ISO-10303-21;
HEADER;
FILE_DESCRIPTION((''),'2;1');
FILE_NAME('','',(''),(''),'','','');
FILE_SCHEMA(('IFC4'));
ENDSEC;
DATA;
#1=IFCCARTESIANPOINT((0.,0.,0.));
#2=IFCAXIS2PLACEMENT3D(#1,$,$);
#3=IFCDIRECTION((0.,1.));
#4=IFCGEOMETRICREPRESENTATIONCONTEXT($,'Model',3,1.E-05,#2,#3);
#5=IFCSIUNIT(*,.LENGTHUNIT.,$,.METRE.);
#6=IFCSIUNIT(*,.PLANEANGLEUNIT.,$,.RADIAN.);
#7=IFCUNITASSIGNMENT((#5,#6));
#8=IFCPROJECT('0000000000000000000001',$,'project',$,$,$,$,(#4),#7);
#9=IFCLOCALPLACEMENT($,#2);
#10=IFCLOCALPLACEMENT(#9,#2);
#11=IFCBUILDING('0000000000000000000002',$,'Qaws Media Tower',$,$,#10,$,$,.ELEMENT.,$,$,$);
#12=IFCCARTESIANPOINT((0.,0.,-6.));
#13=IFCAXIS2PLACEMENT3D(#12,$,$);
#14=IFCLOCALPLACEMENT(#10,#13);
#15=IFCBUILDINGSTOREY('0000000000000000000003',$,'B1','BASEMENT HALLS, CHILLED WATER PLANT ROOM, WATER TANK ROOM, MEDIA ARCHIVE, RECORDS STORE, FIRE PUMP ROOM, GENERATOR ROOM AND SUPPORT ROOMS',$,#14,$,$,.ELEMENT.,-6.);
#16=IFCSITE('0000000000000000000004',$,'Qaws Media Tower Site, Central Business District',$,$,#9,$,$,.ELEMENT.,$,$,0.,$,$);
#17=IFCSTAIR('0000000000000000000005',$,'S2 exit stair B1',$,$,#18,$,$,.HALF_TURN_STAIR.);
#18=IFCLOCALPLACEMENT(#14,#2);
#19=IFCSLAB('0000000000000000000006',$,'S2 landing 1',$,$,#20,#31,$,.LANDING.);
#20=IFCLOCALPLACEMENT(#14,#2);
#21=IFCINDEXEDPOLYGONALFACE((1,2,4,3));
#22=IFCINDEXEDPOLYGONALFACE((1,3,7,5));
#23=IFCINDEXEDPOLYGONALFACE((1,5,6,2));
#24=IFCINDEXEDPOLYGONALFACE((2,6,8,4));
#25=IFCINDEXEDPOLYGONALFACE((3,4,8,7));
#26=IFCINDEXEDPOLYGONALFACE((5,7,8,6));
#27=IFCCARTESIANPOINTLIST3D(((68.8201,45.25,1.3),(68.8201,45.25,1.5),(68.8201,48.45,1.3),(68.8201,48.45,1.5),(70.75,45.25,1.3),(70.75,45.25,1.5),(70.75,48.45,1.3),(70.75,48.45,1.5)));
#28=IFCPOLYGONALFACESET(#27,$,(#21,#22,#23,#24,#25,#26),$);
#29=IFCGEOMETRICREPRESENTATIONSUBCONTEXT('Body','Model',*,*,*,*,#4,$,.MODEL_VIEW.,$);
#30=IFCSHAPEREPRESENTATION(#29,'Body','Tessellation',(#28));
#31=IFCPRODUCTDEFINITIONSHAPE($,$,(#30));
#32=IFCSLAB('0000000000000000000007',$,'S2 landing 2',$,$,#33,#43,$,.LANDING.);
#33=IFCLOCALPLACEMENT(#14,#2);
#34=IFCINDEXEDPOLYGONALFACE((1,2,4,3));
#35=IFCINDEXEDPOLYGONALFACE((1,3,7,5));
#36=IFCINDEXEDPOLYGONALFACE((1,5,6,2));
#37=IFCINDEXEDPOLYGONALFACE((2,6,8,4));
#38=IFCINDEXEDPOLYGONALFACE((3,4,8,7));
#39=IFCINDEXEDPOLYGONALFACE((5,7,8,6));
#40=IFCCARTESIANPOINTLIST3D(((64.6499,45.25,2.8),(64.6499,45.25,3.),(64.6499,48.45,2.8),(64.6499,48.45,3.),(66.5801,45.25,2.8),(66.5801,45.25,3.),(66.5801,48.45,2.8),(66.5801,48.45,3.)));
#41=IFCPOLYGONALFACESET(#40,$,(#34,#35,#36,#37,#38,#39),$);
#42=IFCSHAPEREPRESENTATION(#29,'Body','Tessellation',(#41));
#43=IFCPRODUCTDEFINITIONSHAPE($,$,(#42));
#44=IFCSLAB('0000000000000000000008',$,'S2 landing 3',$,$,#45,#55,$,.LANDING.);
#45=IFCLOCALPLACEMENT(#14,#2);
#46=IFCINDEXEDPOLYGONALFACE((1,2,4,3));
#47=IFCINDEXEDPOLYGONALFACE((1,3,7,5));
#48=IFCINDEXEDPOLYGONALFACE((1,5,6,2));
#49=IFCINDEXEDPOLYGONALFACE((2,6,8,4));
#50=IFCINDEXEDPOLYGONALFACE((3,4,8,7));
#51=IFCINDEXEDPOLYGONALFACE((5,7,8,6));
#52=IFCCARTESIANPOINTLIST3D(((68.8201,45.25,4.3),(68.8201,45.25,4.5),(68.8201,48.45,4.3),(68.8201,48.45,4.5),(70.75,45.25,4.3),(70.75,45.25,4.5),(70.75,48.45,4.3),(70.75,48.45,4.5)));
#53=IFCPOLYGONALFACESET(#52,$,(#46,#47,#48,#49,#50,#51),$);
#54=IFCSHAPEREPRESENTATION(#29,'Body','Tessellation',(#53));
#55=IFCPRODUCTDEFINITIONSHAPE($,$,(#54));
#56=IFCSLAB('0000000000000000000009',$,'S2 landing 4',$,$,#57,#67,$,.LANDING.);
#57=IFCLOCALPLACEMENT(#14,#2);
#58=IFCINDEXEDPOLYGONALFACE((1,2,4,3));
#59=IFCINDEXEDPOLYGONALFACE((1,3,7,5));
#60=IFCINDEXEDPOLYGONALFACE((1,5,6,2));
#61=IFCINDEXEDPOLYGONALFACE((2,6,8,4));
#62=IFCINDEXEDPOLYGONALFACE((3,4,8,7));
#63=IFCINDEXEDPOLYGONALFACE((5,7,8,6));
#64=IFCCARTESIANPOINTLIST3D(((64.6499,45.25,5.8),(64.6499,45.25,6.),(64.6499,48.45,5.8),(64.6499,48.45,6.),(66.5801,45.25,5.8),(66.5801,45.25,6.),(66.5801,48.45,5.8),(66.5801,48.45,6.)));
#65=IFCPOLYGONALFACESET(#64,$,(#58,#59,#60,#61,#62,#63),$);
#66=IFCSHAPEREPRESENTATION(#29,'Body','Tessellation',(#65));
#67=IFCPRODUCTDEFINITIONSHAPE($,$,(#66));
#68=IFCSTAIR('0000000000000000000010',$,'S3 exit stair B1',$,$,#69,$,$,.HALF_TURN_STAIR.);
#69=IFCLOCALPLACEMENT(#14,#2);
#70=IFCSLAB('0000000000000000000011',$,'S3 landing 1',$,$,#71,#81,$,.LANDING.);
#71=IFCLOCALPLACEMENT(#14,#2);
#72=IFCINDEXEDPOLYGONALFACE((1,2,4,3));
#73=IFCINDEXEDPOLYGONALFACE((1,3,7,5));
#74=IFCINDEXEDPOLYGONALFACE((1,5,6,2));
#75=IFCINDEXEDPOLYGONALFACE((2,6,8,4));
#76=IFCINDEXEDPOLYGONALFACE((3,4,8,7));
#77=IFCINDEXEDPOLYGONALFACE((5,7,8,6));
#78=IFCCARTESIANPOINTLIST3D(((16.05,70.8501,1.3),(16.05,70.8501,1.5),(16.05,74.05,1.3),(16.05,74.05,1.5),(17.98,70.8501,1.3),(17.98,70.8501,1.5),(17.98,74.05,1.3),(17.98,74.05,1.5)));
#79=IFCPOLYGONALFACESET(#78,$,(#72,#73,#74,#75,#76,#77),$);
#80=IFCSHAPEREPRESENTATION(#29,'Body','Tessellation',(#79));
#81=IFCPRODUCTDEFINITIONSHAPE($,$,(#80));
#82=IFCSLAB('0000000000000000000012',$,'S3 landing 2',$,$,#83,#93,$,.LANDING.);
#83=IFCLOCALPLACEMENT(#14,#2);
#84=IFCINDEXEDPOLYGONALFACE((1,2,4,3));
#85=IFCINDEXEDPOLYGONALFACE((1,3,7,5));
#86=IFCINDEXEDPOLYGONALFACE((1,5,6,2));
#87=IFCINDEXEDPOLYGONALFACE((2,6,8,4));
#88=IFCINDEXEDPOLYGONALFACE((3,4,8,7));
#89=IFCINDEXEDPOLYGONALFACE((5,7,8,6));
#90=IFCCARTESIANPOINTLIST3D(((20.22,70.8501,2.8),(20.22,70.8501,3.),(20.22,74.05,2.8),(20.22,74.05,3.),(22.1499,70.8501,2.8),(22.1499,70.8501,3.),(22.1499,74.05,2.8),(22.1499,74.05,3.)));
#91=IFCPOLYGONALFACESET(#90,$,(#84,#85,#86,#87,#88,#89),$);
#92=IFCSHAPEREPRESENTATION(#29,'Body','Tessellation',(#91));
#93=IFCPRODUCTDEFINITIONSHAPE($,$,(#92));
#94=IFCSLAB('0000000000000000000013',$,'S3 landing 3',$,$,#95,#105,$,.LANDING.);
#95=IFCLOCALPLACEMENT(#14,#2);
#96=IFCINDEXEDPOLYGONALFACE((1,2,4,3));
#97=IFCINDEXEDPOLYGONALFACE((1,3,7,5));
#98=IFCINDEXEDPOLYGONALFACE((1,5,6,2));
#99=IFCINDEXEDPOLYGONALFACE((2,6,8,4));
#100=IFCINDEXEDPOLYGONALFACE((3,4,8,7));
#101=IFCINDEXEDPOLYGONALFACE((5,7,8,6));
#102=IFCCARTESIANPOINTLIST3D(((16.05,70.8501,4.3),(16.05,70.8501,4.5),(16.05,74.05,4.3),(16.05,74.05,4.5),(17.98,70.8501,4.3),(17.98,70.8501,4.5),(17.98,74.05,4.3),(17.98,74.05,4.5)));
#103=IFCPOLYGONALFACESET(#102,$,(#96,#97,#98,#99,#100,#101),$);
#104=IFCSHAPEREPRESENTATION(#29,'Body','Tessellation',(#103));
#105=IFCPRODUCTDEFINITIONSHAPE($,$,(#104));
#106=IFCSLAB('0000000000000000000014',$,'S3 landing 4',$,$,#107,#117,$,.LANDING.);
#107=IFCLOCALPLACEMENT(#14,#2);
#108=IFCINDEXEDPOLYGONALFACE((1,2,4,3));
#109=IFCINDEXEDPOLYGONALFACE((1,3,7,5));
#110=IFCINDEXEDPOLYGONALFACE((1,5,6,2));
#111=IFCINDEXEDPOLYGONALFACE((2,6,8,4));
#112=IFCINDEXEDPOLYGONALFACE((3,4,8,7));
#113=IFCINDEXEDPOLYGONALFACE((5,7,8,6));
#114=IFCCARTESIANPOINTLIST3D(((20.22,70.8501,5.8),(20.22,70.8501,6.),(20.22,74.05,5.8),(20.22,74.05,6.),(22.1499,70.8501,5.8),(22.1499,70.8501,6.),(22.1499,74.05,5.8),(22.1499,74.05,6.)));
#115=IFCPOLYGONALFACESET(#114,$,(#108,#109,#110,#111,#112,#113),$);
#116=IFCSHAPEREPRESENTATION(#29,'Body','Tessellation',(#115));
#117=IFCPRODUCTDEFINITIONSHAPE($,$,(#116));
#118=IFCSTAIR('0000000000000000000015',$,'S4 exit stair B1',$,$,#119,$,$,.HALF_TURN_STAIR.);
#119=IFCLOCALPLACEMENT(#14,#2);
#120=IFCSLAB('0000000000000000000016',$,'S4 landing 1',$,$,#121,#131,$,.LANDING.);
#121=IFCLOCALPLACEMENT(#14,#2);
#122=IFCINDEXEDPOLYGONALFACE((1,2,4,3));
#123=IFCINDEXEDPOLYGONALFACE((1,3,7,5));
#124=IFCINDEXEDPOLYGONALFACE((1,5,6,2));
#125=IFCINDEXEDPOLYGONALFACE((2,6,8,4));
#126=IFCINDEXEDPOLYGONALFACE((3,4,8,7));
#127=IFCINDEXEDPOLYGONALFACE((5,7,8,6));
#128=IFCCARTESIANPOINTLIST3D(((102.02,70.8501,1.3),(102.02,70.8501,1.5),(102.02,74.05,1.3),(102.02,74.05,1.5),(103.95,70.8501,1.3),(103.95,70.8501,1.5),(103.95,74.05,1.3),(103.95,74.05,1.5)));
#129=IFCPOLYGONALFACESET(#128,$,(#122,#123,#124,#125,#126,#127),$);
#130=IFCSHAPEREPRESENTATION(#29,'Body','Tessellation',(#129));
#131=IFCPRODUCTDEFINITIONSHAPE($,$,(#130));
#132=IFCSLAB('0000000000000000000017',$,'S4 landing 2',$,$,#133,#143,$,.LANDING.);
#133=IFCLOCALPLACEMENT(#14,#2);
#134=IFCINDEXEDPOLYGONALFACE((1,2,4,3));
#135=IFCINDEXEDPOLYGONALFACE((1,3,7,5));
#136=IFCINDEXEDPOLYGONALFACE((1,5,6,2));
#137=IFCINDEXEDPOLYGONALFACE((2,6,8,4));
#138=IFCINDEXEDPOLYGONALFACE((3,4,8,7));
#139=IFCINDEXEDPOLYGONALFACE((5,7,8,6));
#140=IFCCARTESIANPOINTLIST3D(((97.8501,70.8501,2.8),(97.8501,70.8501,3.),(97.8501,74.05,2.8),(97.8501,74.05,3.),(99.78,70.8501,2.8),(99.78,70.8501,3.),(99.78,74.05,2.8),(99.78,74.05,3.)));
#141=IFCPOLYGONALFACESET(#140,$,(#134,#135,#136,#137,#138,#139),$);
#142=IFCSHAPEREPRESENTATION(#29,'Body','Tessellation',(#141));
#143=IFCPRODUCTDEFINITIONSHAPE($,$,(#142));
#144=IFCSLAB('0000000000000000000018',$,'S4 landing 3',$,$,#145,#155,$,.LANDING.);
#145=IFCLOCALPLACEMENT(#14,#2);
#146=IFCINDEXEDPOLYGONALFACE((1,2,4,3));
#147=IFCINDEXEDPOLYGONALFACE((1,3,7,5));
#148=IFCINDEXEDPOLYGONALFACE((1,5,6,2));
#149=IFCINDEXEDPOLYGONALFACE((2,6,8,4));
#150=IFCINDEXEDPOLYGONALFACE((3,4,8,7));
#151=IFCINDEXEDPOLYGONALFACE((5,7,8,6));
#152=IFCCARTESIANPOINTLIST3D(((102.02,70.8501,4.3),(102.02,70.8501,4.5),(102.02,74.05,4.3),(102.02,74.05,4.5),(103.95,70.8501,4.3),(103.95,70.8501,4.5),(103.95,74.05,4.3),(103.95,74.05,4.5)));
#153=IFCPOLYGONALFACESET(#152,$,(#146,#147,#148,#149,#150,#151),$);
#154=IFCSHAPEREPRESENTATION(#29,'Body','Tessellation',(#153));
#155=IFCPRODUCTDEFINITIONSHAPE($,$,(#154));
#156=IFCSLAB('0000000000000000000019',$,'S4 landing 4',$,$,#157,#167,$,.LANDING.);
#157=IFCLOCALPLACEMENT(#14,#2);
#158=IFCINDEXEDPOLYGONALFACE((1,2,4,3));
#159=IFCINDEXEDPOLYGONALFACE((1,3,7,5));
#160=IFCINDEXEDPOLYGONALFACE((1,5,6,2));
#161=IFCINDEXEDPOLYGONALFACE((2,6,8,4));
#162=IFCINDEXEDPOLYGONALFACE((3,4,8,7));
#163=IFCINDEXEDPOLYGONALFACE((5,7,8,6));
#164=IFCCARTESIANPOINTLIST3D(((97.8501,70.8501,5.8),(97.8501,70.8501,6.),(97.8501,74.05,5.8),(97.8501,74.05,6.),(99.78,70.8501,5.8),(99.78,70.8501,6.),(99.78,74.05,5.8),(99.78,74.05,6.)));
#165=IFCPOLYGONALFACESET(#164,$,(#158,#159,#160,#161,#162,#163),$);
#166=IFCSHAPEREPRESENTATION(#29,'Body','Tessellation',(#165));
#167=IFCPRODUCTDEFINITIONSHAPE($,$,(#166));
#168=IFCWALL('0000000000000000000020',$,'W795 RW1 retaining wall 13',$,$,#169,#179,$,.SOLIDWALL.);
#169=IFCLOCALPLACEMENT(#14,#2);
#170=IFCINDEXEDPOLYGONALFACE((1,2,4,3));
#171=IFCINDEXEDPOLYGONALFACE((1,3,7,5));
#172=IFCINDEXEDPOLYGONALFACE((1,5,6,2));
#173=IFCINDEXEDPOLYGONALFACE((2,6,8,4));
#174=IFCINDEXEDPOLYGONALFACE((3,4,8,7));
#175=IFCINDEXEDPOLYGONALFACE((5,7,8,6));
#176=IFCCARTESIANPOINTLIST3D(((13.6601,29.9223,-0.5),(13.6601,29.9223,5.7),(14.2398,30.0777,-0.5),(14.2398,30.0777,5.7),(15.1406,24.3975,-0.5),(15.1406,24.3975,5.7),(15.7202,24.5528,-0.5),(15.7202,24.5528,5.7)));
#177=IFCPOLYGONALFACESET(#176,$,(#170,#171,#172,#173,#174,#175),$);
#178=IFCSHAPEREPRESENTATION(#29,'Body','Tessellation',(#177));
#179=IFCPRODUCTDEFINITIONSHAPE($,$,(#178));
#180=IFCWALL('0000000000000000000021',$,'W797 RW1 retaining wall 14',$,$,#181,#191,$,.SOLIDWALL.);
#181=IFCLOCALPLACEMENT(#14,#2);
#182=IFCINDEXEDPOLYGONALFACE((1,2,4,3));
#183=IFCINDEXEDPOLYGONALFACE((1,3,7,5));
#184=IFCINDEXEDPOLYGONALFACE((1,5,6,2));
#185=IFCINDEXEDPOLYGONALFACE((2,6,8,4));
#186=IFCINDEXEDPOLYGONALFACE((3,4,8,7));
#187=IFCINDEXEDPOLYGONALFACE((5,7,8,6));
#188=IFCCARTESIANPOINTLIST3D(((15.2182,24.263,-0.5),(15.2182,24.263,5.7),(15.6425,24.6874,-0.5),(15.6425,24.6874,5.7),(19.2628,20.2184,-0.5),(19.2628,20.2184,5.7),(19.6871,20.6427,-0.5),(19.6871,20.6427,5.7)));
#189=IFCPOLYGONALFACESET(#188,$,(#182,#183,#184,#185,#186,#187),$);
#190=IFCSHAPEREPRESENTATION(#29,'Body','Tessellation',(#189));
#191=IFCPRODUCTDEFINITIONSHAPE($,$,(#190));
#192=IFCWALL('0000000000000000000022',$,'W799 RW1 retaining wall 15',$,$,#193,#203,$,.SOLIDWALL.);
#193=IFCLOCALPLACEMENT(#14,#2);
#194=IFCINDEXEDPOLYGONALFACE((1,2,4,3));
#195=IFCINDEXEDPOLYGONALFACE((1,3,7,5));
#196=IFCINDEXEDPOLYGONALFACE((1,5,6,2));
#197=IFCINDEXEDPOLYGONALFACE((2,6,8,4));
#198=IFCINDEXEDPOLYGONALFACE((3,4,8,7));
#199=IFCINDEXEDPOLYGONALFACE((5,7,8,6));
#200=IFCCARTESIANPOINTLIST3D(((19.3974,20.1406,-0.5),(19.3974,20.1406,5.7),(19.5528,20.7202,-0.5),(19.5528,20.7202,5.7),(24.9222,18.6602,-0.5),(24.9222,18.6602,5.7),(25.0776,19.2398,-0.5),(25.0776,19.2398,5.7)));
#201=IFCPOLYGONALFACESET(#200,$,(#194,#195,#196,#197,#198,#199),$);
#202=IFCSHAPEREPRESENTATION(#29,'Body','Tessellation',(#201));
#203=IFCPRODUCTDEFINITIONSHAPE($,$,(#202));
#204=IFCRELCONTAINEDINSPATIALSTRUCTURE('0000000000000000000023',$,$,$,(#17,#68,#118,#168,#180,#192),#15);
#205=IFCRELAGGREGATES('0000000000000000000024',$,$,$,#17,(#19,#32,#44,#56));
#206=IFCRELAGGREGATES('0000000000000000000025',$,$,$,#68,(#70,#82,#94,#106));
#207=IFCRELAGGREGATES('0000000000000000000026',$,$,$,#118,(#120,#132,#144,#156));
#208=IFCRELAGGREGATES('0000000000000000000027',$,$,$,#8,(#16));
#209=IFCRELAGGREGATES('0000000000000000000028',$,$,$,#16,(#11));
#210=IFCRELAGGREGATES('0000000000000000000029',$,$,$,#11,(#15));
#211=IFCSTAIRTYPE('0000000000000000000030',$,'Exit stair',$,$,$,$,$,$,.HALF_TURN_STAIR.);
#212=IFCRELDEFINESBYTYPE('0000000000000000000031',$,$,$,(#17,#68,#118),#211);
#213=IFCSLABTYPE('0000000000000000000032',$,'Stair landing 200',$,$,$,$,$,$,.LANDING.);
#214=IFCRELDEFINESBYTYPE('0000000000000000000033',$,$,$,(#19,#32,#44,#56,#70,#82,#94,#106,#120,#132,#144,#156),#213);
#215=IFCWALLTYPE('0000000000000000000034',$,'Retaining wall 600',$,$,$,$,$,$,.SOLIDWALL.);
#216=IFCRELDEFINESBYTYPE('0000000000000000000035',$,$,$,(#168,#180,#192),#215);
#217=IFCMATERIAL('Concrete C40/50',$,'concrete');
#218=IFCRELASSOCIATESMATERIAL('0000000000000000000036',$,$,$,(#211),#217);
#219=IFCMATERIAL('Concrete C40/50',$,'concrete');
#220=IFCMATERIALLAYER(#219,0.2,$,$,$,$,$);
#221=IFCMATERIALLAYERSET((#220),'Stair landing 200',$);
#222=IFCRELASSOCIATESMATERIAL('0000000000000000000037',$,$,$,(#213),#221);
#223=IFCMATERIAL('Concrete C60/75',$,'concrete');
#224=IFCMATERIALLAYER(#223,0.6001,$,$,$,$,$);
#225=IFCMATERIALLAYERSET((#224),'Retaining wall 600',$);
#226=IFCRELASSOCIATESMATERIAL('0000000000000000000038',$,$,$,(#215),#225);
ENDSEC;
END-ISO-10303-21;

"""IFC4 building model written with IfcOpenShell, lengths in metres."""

from ifc_helpers import new_model, si_unit, direction, frame, frame_2d, origin, place, context, subcontext, project, spatial, polyline, rectangle, outline, extrude, material, layer, layer_set, type_object, element, aggregate, save


model = new_model("IFC4")

# Units and contexts
model_context = context("Model", 3, precision=1e-05, world=origin(), true_north=direction((0.0, 1.0)))
body_context = subcontext(model_context, "Body", "Model", "MODEL_VIEW")
ifc_project = project(units=[si_unit("LENGTHUNIT", "METRE"), si_unit("PLANEANGLEUNIT", "RADIAN")], contexts=[model_context])

# Site, building, storey
site_placement = place(None, origin())
site = spatial("IfcSite", under=ifc_project, at=site_placement, Name="Qaws Media Tower Site, Central Business District", CompositionType="ELEMENT", RefElevation=0.0)
building_placement = place(site_placement, origin())
building = spatial("IfcBuilding", under=site, at=building_placement, Name="Qaws Media Tower", CompositionType="ELEMENT")
storey_placement = place(building_placement, frame((0.0, 0.0, -6.0)))
storey = spatial("IfcBuildingStorey", under=building, at=storey_placement, Name="B1", Description="BASEMENT HALLS, CHILLED WATER PLANT ROOM, WATER TANK ROOM, MEDIA ARCHIVE, RECORDS STORE, FIRE PUMP ROOM, GENERATOR ROOM AND SUPPORT ROOMS", CompositionType="ELEMENT", Elevation=-6.0)

# Stairs, slabs
ifc_material_1 = material(Name="Concrete C40/50", Category="concrete")
stair_type = type_object("IfcStairType", Name="Exit stair", PredefinedType="HALF_TURN_STAIR", material=ifc_material_1)
ifc_material_2 = material(Name="Concrete C40/50", Category="concrete")
ifc_layer_1 = layer(ifc_material_2, 0.2)
ifc_layer_set_1 = layer_set([ifc_layer_1], Name="Stair landing 200")
slab_type_1 = type_object("IfcSlabType", Name="Stair landing 200", PredefinedType="LANDING", material=ifc_layer_set_1)
stair_1_placement = place(storey_placement, origin())
stair_1 = element("IfcStair", 1, at=stair_1_placement, inside=storey, type_object=stair_type, Name="S2 exit stair B1", PredefinedType="HALF_TURN_STAIR")
slab_1_placement = place(storey_placement, frame((0.0, 0.0, 1.3)))
slab_1 = element("IfcSlab", 2, at=slab_1_placement, type_object=slab_type_1, Name="S2 landing 1", PredefinedType="LANDING", context=body_context, shape_type="SweptSolid", body=[
    extrude(outline(polyline([(68.8201, 45.25), (70.75, 45.25), (70.75, 48.45), (68.8201, 48.45), (68.8201, 45.25)])), origin(), (0.0, 0.0, 1.0), 0.2),
])
slab_2_placement = place(storey_placement, frame((0.0, 0.0, 2.8)))
slab_2 = element("IfcSlab", 3, at=slab_2_placement, type_object=slab_type_1, Name="S2 landing 2", PredefinedType="LANDING", context=body_context, shape_type="SweptSolid", body=[
    extrude(outline(polyline([(64.6499, 45.25), (66.5801, 45.25), (66.5801, 48.45), (64.6499, 48.45), (64.6499, 45.25)])), origin(), (0.0, 0.0, 1.0), 0.2),
])
slab_3_placement = place(storey_placement, frame((0.0, 0.0, 4.3)))
slab_3 = element("IfcSlab", 4, at=slab_3_placement, type_object=slab_type_1, Name="S2 landing 3", PredefinedType="LANDING", context=body_context, shape_type="SweptSolid", body=[
    extrude(outline(polyline([(68.8201, 45.25), (70.75, 45.25), (70.75, 48.45), (68.8201, 48.45), (68.8201, 45.25)])), origin(), (0.0, 0.0, 1.0), 0.2),
])
slab_4_placement = place(storey_placement, frame((0.0, 0.0, 5.8)))
slab_4 = element("IfcSlab", 5, at=slab_4_placement, type_object=slab_type_1, Name="S2 landing 4", PredefinedType="LANDING", context=body_context, shape_type="SweptSolid", body=[
    extrude(outline(polyline([(64.6499, 45.25), (66.5801, 45.25), (66.5801, 48.45), (64.6499, 48.45), (64.6499, 45.25)])), origin(), (0.0, 0.0, 1.0), 0.2),
])
aggregate(stair_1, [slab_1, slab_2, slab_3, slab_4])
stair_2_placement = place(storey_placement, origin())
stair_2 = element("IfcStair", 6, at=stair_2_placement, inside=storey, type_object=stair_type, Name="S3 exit stair B1", PredefinedType="HALF_TURN_STAIR")
slab_5_placement = place(storey_placement, frame((0.0, 0.0, 1.3)))
slab_5 = element("IfcSlab", 7, at=slab_5_placement, type_object=slab_type_1, Name="S3 landing 1", PredefinedType="LANDING", context=body_context, shape_type="SweptSolid", body=[
    extrude(outline(polyline([(16.05, 70.8501), (17.98, 70.8501), (17.98, 74.05), (16.05, 74.05), (16.05, 70.8501)])), origin(), (0.0, 0.0, 1.0), 0.2),
])
slab_6_placement = place(storey_placement, frame((0.0, 0.0, 2.8)))
slab_6 = element("IfcSlab", 8, at=slab_6_placement, type_object=slab_type_1, Name="S3 landing 2", PredefinedType="LANDING", context=body_context, shape_type="SweptSolid", body=[
    extrude(outline(polyline([(20.22, 70.8501), (22.1499, 70.8501), (22.1499, 74.05), (20.22, 74.05), (20.22, 70.8501)])), origin(), (0.0, 0.0, 1.0), 0.2),
])
slab_7_placement = place(storey_placement, frame((0.0, 0.0, 4.3)))
slab_7 = element("IfcSlab", 9, at=slab_7_placement, type_object=slab_type_1, Name="S3 landing 3", PredefinedType="LANDING", context=body_context, shape_type="SweptSolid", body=[
    extrude(outline(polyline([(16.05, 70.8501), (17.98, 70.8501), (17.98, 74.05), (16.05, 74.05), (16.05, 70.8501)])), origin(), (0.0, 0.0, 1.0), 0.2),
])
slab_8_placement = place(storey_placement, frame((0.0, 0.0, 5.8)))
slab_8 = element("IfcSlab", 10, at=slab_8_placement, type_object=slab_type_1, Name="S3 landing 4", PredefinedType="LANDING", context=body_context, shape_type="SweptSolid", body=[
    extrude(outline(polyline([(20.22, 70.8501), (22.1499, 70.8501), (22.1499, 74.05), (20.22, 74.05), (20.22, 70.8501)])), origin(), (0.0, 0.0, 1.0), 0.2),
])
aggregate(stair_2, [slab_5, slab_6, slab_7, slab_8])
stair_3_placement = place(storey_placement, origin())
stair_3 = element("IfcStair", 11, at=stair_3_placement, inside=storey, type_object=stair_type, Name="S4 exit stair B1", PredefinedType="HALF_TURN_STAIR")
slab_9_placement = place(storey_placement, frame((0.0, 0.0, 1.3)))
slab_9 = element("IfcSlab", 12, at=slab_9_placement, type_object=slab_type_1, Name="S4 landing 1", PredefinedType="LANDING", context=body_context, shape_type="SweptSolid", body=[
    extrude(outline(polyline([(102.02, 70.8501), (103.95, 70.8501), (103.95, 74.05), (102.02, 74.05), (102.02, 70.8501)])), origin(), (0.0, 0.0, 1.0), 0.2),
])
slab_10_placement = place(storey_placement, frame((0.0, 0.0, 2.8)))
slab_10 = element("IfcSlab", 13, at=slab_10_placement, type_object=slab_type_1, Name="S4 landing 2", PredefinedType="LANDING", context=body_context, shape_type="SweptSolid", body=[
    extrude(outline(polyline([(97.8501, 70.8501), (99.78, 70.8501), (99.78, 74.05), (97.8501, 74.05), (97.8501, 70.8501)])), origin(), (0.0, 0.0, 1.0), 0.2),
])
slab_11_placement = place(storey_placement, frame((0.0, 0.0, 4.3)))
slab_11 = element("IfcSlab", 14, at=slab_11_placement, type_object=slab_type_1, Name="S4 landing 3", PredefinedType="LANDING", context=body_context, shape_type="SweptSolid", body=[
    extrude(outline(polyline([(102.02, 70.8501), (103.95, 70.8501), (103.95, 74.05), (102.02, 74.05), (102.02, 70.8501)])), origin(), (0.0, 0.0, 1.0), 0.2),
])
slab_12_placement = place(storey_placement, frame((0.0, 0.0, 5.8)))
slab_12 = element("IfcSlab", 15, at=slab_12_placement, type_object=slab_type_1, Name="S4 landing 4", PredefinedType="LANDING", context=body_context, shape_type="SweptSolid", body=[
    extrude(outline(polyline([(97.8501, 70.8501), (99.78, 70.8501), (99.78, 74.05), (97.8501, 74.05), (97.8501, 70.8501)])), origin(), (0.0, 0.0, 1.0), 0.2),
])
aggregate(stair_3, [slab_9, slab_10, slab_11, slab_12])

# Walls
ifc_material_3 = material(Name="Concrete C60/75", Category="concrete")
ifc_layer_2 = layer(ifc_material_3, 0.6001)
ifc_layer_set_2 = layer_set([ifc_layer_2], Name="Retaining wall 600")
wall_type = type_object("IfcWallType", Name="Retaining wall 600", PredefinedType="SOLIDWALL", material=ifc_layer_set_2)
wall_1_placement = place(storey_placement, frame((13.95, 30.0, -0.5), z_axis=(0.0, 0.0, 1.0), x_axis=(0.258831, -0.965923, 0.0)))
element("IfcWall", 16, at=wall_1_placement, inside=storey, type_object=wall_type, Name="W795 RW1 retaining wall 13", PredefinedType="SOLIDWALL", context=body_context, shape_type="SweptSolid", body=[
    extrude(rectangle(XDim=5.7197, YDim=0.6001, at=frame_2d((2.8599, 0.0))), origin(), (0.0, 0.0, 1.0), 6.2),
])
wall_2_placement = place(storey_placement, frame((15.4304, 24.4751, -0.5), z_axis=(0.0, 0.0, 1.0), x_axis=(0.707107, -0.707107, 0.0)))
element("IfcWall", 17, at=wall_2_placement, inside=storey, type_object=wall_type, Name="W797 RW1 retaining wall 14", PredefinedType="SOLIDWALL", context=body_context, shape_type="SweptSolid", body=[
    extrude(rectangle(XDim=5.72, YDim=0.6001, at=frame_2d((2.8599, 0.0))), origin(), (0.0, 0.0, 1.0), 6.2),
])
wall_3_placement = place(storey_placement, frame((19.4751, 20.4304, -0.5), z_axis=(0.0, 0.0, 1.0), x_axis=(0.965923, -0.258831, 0.0)))
element("IfcWall", 18, at=wall_3_placement, inside=storey, type_object=wall_type, Name="W799 RW1 retaining wall 15", PredefinedType="SOLIDWALL", context=body_context, shape_type="SweptSolid", body=[
    extrude(rectangle(XDim=5.7197, YDim=0.6001, at=frame_2d((2.8599, 0.0))), origin(), (0.0, 0.0, 1.0), 6.2),
])

save(model, "model.ifc")
